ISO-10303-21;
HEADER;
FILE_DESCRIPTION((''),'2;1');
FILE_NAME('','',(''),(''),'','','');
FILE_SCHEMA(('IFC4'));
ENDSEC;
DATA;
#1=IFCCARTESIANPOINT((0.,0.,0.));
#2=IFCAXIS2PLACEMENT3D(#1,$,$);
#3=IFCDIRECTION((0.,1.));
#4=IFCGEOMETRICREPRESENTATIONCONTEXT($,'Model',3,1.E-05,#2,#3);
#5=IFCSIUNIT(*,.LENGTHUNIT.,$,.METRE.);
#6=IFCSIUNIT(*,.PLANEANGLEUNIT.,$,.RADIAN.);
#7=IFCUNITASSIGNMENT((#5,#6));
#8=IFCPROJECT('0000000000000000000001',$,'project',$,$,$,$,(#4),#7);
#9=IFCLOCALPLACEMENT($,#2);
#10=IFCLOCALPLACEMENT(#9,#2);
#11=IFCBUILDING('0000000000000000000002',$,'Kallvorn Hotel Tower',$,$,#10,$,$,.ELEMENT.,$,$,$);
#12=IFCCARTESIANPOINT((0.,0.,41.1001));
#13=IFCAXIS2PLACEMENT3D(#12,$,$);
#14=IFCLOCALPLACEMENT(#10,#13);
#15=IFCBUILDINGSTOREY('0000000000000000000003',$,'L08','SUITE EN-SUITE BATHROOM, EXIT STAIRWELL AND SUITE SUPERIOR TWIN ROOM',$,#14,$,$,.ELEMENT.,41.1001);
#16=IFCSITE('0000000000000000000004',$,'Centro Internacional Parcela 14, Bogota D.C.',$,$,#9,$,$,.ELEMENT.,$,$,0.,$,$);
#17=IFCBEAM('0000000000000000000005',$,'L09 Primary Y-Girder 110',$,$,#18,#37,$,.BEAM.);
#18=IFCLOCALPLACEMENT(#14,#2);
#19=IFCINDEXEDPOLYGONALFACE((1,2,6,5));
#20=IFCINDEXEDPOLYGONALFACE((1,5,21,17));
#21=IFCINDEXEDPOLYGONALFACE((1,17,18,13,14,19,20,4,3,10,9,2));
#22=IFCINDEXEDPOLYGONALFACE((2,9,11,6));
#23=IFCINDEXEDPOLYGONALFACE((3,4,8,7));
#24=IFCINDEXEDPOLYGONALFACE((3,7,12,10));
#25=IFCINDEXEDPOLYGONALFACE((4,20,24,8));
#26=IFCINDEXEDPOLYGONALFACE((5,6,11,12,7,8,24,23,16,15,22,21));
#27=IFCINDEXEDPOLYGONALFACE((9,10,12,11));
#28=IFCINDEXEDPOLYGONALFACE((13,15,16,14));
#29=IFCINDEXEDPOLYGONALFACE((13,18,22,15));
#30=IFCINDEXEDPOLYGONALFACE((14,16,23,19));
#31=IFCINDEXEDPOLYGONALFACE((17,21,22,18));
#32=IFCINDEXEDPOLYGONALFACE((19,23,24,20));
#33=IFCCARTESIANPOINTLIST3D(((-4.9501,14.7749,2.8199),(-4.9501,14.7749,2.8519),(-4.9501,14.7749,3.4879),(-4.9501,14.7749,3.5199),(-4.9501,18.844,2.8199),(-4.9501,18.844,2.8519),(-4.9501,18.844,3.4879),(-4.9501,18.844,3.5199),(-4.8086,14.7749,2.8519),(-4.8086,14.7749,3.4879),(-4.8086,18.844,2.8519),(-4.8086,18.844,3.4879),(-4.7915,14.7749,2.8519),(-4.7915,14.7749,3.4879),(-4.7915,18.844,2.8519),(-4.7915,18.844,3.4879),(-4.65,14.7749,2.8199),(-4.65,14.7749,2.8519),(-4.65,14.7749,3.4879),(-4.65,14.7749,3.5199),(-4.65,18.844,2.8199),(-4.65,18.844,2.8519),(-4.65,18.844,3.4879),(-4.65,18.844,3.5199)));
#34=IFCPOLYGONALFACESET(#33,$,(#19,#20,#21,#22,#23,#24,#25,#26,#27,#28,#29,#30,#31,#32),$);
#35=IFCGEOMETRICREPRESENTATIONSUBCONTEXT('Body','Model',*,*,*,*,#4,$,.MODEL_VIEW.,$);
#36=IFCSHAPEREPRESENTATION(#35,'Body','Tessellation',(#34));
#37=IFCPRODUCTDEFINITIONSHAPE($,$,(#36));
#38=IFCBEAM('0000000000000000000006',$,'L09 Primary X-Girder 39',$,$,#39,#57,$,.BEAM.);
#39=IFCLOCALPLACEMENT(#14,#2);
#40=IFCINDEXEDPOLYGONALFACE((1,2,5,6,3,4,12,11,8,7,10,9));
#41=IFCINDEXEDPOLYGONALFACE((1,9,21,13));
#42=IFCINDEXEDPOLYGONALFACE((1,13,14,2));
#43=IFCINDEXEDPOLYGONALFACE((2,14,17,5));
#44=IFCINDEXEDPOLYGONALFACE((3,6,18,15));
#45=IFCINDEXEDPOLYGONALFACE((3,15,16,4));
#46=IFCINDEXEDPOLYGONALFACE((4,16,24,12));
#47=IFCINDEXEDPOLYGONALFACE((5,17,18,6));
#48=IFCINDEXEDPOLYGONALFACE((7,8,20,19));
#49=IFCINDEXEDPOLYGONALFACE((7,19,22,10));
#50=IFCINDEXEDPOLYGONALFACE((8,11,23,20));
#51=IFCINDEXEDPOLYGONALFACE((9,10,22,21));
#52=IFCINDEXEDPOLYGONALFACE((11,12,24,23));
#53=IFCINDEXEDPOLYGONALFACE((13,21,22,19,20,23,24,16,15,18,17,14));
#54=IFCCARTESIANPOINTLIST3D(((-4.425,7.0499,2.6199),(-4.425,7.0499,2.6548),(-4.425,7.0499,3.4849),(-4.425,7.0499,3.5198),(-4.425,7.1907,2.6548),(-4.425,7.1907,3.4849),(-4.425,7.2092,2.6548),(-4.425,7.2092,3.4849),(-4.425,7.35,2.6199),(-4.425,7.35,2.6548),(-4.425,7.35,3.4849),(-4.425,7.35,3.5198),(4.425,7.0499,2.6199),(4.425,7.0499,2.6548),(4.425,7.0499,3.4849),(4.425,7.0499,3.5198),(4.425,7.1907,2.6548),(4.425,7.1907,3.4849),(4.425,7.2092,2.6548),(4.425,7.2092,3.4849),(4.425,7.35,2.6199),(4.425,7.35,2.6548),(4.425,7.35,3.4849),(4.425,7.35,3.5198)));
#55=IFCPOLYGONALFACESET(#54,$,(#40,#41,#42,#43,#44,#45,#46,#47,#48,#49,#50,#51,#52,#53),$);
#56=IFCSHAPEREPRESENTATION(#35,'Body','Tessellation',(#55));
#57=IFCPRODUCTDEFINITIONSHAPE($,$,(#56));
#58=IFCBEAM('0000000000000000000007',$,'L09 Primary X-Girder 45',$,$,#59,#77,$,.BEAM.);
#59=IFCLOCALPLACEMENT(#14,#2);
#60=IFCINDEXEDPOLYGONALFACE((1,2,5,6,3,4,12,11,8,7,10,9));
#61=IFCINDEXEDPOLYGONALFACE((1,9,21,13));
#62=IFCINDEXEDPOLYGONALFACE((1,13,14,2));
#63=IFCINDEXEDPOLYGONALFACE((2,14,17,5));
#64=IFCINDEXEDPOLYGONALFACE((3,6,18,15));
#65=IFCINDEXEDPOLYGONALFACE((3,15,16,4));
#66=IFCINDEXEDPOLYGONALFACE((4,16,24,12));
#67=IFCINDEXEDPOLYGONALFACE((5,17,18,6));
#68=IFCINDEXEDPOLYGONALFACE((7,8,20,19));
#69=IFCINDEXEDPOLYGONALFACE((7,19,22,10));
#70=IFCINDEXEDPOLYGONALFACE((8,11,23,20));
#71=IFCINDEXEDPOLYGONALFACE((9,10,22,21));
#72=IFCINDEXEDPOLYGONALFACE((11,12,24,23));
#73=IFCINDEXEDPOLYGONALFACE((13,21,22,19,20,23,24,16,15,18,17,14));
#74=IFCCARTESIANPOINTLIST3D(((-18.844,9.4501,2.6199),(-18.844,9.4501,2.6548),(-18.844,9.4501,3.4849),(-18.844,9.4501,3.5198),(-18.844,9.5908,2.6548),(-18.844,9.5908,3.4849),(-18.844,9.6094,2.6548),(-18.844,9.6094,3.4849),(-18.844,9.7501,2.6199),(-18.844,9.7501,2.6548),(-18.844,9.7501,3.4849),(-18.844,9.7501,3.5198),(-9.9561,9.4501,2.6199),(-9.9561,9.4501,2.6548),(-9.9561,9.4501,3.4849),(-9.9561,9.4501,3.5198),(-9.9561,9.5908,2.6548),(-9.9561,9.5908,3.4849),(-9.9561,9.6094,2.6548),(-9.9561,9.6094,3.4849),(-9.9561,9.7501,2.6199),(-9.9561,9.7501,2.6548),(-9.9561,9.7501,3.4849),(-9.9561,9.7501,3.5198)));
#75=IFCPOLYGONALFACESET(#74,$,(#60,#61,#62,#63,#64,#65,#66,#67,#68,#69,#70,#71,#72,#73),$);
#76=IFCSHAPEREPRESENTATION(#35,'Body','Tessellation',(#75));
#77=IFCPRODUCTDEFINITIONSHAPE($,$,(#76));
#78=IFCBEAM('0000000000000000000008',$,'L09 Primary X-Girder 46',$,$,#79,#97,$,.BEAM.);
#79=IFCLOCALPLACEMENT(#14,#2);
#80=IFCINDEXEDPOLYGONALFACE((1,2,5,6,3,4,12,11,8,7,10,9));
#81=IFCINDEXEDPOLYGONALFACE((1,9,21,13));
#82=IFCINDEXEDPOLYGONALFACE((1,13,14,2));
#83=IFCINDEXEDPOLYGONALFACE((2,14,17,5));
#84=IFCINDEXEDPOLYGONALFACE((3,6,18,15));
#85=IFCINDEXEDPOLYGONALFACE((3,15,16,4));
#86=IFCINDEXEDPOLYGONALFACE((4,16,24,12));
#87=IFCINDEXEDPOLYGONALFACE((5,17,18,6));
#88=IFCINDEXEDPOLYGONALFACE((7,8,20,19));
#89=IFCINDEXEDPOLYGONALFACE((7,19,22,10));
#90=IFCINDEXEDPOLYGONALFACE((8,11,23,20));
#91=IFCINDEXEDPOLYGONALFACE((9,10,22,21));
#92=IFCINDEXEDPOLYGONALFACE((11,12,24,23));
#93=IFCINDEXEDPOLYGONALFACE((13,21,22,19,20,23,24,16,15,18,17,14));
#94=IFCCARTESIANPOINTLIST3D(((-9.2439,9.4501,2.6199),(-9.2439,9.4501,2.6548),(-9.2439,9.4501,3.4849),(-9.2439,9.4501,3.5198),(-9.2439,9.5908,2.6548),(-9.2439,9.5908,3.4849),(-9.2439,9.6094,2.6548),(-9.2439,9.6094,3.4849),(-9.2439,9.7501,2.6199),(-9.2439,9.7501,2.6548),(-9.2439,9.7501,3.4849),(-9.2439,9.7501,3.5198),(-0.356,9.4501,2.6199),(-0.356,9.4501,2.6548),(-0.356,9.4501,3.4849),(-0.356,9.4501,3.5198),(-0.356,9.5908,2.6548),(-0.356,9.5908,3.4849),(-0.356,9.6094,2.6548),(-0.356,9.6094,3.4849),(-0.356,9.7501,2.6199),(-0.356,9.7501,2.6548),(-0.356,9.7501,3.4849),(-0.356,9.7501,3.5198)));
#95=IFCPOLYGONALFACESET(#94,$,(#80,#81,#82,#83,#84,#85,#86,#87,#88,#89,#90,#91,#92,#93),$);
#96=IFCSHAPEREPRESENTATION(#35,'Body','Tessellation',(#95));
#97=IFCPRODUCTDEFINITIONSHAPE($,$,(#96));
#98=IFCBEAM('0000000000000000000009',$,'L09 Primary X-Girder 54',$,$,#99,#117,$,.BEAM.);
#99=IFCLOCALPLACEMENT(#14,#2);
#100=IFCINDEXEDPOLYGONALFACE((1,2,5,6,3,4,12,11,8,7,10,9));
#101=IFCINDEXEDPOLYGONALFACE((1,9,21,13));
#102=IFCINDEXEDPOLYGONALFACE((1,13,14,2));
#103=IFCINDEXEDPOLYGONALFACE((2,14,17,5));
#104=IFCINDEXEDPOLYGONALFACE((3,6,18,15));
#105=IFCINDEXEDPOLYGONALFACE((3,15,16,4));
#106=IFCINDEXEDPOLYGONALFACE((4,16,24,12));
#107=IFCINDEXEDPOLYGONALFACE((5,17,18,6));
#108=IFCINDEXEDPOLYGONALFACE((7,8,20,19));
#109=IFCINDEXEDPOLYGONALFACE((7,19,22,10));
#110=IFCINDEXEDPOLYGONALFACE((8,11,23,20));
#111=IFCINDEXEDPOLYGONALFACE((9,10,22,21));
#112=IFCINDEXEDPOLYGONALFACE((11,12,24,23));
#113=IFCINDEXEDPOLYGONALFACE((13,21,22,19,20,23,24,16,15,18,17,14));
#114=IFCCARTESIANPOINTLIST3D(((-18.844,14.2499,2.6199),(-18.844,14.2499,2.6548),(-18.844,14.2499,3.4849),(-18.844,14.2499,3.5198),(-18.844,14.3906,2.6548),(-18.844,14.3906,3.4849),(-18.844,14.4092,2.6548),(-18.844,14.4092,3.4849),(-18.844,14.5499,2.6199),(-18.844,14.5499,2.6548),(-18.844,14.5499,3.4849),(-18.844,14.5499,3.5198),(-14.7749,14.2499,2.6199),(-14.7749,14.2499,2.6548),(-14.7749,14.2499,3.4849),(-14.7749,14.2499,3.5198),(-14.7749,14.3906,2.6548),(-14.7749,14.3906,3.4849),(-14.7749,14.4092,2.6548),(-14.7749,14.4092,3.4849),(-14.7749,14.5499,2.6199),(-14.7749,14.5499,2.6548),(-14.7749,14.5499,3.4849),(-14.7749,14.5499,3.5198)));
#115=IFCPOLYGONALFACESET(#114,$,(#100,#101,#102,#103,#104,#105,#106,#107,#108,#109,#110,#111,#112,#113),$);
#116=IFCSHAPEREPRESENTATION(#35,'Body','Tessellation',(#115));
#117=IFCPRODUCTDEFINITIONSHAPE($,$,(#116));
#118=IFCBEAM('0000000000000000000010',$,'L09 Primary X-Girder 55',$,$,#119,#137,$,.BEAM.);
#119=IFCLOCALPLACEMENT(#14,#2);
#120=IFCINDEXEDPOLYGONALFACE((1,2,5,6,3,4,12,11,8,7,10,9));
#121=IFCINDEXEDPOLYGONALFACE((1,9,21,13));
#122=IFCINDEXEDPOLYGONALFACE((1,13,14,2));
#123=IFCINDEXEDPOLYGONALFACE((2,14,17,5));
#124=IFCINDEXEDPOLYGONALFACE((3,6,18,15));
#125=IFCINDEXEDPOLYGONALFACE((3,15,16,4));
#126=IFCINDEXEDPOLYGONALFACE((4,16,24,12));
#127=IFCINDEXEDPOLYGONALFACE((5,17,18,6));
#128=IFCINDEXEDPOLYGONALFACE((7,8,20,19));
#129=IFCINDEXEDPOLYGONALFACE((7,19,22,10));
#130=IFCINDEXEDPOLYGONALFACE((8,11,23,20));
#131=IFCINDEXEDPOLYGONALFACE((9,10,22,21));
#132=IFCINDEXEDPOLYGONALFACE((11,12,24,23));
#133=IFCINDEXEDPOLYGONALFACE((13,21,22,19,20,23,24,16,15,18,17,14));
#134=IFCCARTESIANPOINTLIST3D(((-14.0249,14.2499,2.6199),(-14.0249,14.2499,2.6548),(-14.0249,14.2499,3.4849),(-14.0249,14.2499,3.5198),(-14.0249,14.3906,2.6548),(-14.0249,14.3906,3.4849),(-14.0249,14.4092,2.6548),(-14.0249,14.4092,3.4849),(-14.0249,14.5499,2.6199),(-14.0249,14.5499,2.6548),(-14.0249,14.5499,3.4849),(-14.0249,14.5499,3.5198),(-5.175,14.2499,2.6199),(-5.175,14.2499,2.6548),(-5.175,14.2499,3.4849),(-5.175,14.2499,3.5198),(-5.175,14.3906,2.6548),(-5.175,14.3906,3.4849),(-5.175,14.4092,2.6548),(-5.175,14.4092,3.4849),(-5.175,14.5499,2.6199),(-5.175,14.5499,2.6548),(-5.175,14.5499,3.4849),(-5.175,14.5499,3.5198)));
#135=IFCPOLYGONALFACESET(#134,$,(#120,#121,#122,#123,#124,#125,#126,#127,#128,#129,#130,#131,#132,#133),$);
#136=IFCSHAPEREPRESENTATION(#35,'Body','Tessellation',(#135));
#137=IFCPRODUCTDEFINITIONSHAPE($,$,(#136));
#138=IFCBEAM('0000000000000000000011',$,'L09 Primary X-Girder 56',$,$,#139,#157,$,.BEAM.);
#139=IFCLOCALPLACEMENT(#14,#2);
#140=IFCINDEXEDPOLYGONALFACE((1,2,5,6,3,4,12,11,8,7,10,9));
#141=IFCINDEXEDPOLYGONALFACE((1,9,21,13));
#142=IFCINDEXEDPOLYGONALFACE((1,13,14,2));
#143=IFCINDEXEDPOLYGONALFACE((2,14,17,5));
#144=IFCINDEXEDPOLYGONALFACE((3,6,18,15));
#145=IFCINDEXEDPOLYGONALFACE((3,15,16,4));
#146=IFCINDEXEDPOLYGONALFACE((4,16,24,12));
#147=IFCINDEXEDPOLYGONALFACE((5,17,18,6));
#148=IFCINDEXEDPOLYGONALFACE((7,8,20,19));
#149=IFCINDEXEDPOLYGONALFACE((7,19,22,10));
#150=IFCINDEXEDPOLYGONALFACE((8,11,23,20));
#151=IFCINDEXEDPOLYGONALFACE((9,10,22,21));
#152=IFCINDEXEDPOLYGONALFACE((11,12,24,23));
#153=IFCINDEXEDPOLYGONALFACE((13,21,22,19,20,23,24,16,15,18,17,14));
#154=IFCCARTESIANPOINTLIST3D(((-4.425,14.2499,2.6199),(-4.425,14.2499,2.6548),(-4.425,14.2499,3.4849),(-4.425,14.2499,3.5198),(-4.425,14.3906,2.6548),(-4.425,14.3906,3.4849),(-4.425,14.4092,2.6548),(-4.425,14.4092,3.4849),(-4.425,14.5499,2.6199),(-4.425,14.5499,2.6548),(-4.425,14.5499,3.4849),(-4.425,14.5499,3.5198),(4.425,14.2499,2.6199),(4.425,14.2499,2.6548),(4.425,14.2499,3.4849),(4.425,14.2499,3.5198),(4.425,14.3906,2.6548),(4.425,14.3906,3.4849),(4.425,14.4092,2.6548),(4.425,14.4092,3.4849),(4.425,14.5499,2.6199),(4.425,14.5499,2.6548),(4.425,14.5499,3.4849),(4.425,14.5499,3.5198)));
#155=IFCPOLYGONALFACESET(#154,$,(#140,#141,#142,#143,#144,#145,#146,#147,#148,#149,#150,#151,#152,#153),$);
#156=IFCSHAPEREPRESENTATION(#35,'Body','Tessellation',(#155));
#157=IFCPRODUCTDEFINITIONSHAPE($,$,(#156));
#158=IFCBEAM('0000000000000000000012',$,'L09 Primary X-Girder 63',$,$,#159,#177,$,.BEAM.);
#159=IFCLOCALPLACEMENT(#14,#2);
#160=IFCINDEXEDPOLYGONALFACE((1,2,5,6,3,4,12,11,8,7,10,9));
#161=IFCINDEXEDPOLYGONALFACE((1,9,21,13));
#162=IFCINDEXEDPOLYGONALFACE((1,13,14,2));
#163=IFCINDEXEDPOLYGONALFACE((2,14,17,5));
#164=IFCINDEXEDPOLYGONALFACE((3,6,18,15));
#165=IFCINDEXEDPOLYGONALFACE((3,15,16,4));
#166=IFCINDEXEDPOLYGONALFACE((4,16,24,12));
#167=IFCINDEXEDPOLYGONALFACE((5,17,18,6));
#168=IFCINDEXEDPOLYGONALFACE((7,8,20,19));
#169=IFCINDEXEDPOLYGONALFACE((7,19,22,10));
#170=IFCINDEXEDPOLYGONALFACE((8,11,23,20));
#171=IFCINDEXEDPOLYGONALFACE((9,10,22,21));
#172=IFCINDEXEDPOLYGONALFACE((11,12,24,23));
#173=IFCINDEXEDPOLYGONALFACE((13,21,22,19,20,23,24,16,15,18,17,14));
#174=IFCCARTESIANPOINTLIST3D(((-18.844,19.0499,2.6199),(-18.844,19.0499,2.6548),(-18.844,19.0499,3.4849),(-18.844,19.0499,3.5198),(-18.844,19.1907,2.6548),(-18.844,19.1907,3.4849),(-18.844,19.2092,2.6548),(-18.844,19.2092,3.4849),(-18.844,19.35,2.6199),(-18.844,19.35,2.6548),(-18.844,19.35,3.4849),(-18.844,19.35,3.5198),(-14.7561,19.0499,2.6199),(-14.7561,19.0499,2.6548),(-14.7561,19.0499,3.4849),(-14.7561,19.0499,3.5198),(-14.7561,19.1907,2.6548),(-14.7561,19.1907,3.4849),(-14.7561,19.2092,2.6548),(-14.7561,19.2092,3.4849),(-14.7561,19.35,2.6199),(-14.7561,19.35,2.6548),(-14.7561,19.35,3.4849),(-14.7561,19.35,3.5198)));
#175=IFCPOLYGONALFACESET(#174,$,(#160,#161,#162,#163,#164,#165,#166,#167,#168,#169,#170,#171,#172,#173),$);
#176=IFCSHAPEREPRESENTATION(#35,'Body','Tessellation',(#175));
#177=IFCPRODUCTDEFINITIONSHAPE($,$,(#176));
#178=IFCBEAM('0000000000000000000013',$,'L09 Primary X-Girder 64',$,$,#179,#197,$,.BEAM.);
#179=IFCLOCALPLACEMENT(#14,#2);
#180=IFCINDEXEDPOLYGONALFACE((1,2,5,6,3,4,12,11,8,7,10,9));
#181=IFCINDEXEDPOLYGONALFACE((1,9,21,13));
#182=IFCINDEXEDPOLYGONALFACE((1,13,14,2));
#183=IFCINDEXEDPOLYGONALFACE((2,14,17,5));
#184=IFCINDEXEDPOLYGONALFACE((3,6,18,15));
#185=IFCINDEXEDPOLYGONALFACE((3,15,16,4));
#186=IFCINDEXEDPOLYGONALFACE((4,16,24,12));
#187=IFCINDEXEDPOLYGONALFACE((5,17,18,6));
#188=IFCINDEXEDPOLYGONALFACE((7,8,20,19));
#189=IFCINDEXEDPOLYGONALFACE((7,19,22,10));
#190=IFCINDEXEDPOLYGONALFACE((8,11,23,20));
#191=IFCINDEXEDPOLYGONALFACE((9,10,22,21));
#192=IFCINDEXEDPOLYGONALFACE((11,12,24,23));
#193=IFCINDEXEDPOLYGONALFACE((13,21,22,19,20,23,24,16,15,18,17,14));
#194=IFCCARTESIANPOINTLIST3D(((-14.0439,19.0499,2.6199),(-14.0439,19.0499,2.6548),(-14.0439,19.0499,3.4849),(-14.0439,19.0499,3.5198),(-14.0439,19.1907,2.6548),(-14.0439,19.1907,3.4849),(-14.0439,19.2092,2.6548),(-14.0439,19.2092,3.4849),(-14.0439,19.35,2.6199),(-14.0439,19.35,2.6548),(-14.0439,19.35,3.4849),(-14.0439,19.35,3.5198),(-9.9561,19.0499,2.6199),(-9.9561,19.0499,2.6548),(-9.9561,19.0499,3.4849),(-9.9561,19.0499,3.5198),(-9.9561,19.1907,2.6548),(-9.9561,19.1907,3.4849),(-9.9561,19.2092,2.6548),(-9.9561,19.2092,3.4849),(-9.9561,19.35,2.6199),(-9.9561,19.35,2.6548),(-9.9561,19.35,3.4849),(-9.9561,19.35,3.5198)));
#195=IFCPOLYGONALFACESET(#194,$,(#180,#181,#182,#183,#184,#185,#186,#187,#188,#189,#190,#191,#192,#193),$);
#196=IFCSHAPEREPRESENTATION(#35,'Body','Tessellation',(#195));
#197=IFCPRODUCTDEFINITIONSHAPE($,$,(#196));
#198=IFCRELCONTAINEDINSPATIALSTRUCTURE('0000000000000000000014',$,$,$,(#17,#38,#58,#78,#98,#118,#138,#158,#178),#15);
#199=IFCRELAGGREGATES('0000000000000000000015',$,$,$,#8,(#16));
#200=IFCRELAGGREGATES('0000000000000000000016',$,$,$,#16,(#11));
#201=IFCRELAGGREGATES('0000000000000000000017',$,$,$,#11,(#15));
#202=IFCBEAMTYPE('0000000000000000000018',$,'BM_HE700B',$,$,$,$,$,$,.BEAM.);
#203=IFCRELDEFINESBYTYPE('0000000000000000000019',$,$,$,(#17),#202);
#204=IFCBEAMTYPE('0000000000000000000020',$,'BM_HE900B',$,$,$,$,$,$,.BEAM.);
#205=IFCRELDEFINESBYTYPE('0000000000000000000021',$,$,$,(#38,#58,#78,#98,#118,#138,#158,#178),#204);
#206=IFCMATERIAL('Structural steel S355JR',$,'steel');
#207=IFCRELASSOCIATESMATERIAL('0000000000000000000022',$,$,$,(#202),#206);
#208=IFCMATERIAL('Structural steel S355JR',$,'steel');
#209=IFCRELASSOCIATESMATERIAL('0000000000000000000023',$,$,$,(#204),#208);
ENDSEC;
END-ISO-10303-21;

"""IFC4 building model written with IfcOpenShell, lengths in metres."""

from ifc_helpers import new_model, si_unit, direction, frame, origin, origin_2d, place, context, subcontext, project, spatial, i_section, extrude, material, material_profile, profile_set, type_object, element, save


model = new_model("IFC4")

# Units and contexts
model_context = context("Model", 3, precision=1e-05, world=origin(), true_north=direction((0.0, 1.0)))
body_context = subcontext(model_context, "Body", "Model", "MODEL_VIEW")
ifc_project = project(units=[si_unit("LENGTHUNIT", "METRE"), si_unit("PLANEANGLEUNIT", "RADIAN")], contexts=[model_context])

# Site, building, storey
site_placement = place(None, origin())
site = spatial("IfcSite", under=ifc_project, at=site_placement, Name="Centro Internacional Parcela 14, Bogota D.C.", CompositionType="ELEMENT", RefElevation=0.0)
building_placement = place(site_placement, origin())
building = spatial("IfcBuilding", under=site, at=building_placement, Name="Kallvorn Hotel Tower", CompositionType="ELEMENT")
storey_placement = place(building_placement, frame((0.0, 0.0, 41.1001)))
storey = spatial("IfcBuildingStorey", under=building, at=storey_placement, Name="L08", Description="SUITE EN-SUITE BATHROOM, EXIT STAIRWELL AND SUITE SUPERIOR TWIN ROOM", CompositionType="ELEMENT", Elevation=41.1001)

# Beams
ifc_material_1 = material(Name="Structural steel S355JR", Category="steel")
ifc_material_profile_1 = material_profile(ifc_material_1, i_section(OverallWidth=0.3, OverallDepth=0.7, WebThickness=0.0171, FlangeThickness=0.032, at=origin_2d()), Name="HE 700 B")
ifc_profile_set_1 = profile_set([ifc_material_profile_1], Name="Structural steel S355JR")
beam_type_1 = type_object("IfcBeamType", Name="BM_HE700B", PredefinedType="BEAM", material=ifc_profile_set_1)
beam_1_placement = place(storey_placement, frame((-4.8, 14.7749, 3.1699), z_axis=(0.0, 1.0, 0.0), x_axis=(-1.0, 0.0, 0.0)))
element("IfcBeam", 1, at=beam_1_placement, inside=storey, type_object=beam_type_1, Name="L09 Primary Y-Girder 110", PredefinedType="BEAM", context=body_context, shape_type="SweptSolid", body=[
    extrude(i_section(OverallWidth=0.3, OverallDepth=0.7, WebThickness=0.0171, FlangeThickness=0.032, at=origin_2d()), origin(), (0.0, 0.0, 1.0), 4.0691),
])
ifc_material_2 = material(Name="Structural steel S355JR", Category="steel")
ifc_material_profile_2 = material_profile(ifc_material_2, i_section(OverallWidth=0.3, OverallDepth=0.8999, WebThickness=0.0186, FlangeThickness=0.0349, at=origin_2d()), Name="HE 900 B")
ifc_profile_set_2 = profile_set([ifc_material_profile_2], Name="Structural steel S355JR")
beam_type_2 = type_object("IfcBeamType", Name="BM_HE900B", PredefinedType="BEAM", material=ifc_profile_set_2)
beam_2_placement = place(storey_placement, frame((-4.425, 7.2, 3.0698), z_axis=(1.0, 0.0, 0.0), x_axis=(0.0, 1.0, 0.0)))
element("IfcBeam", 2, at=beam_2_placement, inside=storey, type_object=beam_type_2, Name="L09 Primary X-Girder 39", PredefinedType="BEAM", context=body_context, shape_type="SweptSolid", body=[
    extrude(i_section(OverallWidth=0.3, OverallDepth=0.8999, WebThickness=0.0186, FlangeThickness=0.0349, at=origin_2d()), origin(), (0.0, 0.0, 1.0), 8.8501),
])
for number, where, z_axis, x_axis, name in (
    (3, (-18.844, 9.6001, 3.0698), (1.0, 0.0, 0.0), (0.0, 1.0, 0.0), "L09 Primary X-Girder 45"),
    (4, (-9.2439, 9.6001, 3.0698), (1.0, 0.0, 0.0), (0.0, 1.0, 0.0), "L09 Primary X-Girder 46"),
):
    element("IfcBeam", number, at=place(storey_placement, frame(where, z_axis=z_axis, x_axis=x_axis)), inside=storey, type_object=beam_type_2, Name=name, PredefinedType="BEAM", context=body_context, shape_type="SweptSolid", body=[
        extrude(i_section(OverallWidth=0.3, OverallDepth=0.8999, WebThickness=0.0186, FlangeThickness=0.0349, at=origin_2d()), origin(), (0.0, 0.0, 1.0), 8.8879),
    ])
beam_3_placement = place(storey_placement, frame((-18.844, 14.3999, 3.0698), z_axis=(1.0, 0.0, 0.0), x_axis=(0.0, 1.0, 0.0)))
element("IfcBeam", 5, at=beam_3_placement, inside=storey, type_object=beam_type_2, Name="L09 Primary X-Girder 54", PredefinedType="BEAM", context=body_context, shape_type="SweptSolid", body=[
    extrude(i_section(OverallWidth=0.3, OverallDepth=0.8999, WebThickness=0.0186, FlangeThickness=0.0349, at=origin_2d()), origin(), (0.0, 0.0, 1.0), 4.0691),
])
beam_4_placement = place(storey_placement, frame((-14.0249, 14.3999, 3.0698), z_axis=(1.0, 0.0, 0.0), x_axis=(0.0, 1.0, 0.0)))
element("IfcBeam", 6, at=beam_4_placement, inside=storey, type_object=beam_type_2, Name="L09 Primary X-Girder 55", PredefinedType="BEAM", context=body_context, shape_type="SweptSolid", body=[
    extrude(i_section(OverallWidth=0.3, OverallDepth=0.8999, WebThickness=0.0186, FlangeThickness=0.0349, at=origin_2d()), origin(), (0.0, 0.0, 1.0), 8.8499),
])
beam_5_placement = place(storey_placement, frame((-4.425, 14.3999, 3.0698), z_axis=(1.0, 0.0, 0.0), x_axis=(0.0, 1.0, 0.0)))
element("IfcBeam", 7, at=beam_5_placement, inside=storey, type_object=beam_type_2, Name="L09 Primary X-Girder 56", PredefinedType="BEAM", context=body_context, shape_type="SweptSolid", body=[
    extrude(i_section(OverallWidth=0.3, OverallDepth=0.8999, WebThickness=0.0186, FlangeThickness=0.0349, at=origin_2d()), origin(), (0.0, 0.0, 1.0), 8.8501),
])
for number, where, z_axis, x_axis, name in (
    (8, (-18.844, 19.2, 3.0698), (1.0, 0.0, 0.0), (0.0, 1.0, 0.0), "L09 Primary X-Girder 63"),
    (9, (-14.0439, 19.2, 3.0698), (1.0, 0.0, 0.0), (0.0, 1.0, 0.0), "L09 Primary X-Girder 64"),
):
    element("IfcBeam", number, at=place(storey_placement, frame(where, z_axis=z_axis, x_axis=x_axis)), inside=storey, type_object=beam_type_2, Name=name, PredefinedType="BEAM", context=body_context, shape_type="SweptSolid", body=[
        extrude(i_section(OverallWidth=0.3, OverallDepth=0.8999, WebThickness=0.0186, FlangeThickness=0.0349, at=origin_2d()), origin(), (0.0, 0.0, 1.0), 4.0879),
    ])

save(model, "model.ifc")
